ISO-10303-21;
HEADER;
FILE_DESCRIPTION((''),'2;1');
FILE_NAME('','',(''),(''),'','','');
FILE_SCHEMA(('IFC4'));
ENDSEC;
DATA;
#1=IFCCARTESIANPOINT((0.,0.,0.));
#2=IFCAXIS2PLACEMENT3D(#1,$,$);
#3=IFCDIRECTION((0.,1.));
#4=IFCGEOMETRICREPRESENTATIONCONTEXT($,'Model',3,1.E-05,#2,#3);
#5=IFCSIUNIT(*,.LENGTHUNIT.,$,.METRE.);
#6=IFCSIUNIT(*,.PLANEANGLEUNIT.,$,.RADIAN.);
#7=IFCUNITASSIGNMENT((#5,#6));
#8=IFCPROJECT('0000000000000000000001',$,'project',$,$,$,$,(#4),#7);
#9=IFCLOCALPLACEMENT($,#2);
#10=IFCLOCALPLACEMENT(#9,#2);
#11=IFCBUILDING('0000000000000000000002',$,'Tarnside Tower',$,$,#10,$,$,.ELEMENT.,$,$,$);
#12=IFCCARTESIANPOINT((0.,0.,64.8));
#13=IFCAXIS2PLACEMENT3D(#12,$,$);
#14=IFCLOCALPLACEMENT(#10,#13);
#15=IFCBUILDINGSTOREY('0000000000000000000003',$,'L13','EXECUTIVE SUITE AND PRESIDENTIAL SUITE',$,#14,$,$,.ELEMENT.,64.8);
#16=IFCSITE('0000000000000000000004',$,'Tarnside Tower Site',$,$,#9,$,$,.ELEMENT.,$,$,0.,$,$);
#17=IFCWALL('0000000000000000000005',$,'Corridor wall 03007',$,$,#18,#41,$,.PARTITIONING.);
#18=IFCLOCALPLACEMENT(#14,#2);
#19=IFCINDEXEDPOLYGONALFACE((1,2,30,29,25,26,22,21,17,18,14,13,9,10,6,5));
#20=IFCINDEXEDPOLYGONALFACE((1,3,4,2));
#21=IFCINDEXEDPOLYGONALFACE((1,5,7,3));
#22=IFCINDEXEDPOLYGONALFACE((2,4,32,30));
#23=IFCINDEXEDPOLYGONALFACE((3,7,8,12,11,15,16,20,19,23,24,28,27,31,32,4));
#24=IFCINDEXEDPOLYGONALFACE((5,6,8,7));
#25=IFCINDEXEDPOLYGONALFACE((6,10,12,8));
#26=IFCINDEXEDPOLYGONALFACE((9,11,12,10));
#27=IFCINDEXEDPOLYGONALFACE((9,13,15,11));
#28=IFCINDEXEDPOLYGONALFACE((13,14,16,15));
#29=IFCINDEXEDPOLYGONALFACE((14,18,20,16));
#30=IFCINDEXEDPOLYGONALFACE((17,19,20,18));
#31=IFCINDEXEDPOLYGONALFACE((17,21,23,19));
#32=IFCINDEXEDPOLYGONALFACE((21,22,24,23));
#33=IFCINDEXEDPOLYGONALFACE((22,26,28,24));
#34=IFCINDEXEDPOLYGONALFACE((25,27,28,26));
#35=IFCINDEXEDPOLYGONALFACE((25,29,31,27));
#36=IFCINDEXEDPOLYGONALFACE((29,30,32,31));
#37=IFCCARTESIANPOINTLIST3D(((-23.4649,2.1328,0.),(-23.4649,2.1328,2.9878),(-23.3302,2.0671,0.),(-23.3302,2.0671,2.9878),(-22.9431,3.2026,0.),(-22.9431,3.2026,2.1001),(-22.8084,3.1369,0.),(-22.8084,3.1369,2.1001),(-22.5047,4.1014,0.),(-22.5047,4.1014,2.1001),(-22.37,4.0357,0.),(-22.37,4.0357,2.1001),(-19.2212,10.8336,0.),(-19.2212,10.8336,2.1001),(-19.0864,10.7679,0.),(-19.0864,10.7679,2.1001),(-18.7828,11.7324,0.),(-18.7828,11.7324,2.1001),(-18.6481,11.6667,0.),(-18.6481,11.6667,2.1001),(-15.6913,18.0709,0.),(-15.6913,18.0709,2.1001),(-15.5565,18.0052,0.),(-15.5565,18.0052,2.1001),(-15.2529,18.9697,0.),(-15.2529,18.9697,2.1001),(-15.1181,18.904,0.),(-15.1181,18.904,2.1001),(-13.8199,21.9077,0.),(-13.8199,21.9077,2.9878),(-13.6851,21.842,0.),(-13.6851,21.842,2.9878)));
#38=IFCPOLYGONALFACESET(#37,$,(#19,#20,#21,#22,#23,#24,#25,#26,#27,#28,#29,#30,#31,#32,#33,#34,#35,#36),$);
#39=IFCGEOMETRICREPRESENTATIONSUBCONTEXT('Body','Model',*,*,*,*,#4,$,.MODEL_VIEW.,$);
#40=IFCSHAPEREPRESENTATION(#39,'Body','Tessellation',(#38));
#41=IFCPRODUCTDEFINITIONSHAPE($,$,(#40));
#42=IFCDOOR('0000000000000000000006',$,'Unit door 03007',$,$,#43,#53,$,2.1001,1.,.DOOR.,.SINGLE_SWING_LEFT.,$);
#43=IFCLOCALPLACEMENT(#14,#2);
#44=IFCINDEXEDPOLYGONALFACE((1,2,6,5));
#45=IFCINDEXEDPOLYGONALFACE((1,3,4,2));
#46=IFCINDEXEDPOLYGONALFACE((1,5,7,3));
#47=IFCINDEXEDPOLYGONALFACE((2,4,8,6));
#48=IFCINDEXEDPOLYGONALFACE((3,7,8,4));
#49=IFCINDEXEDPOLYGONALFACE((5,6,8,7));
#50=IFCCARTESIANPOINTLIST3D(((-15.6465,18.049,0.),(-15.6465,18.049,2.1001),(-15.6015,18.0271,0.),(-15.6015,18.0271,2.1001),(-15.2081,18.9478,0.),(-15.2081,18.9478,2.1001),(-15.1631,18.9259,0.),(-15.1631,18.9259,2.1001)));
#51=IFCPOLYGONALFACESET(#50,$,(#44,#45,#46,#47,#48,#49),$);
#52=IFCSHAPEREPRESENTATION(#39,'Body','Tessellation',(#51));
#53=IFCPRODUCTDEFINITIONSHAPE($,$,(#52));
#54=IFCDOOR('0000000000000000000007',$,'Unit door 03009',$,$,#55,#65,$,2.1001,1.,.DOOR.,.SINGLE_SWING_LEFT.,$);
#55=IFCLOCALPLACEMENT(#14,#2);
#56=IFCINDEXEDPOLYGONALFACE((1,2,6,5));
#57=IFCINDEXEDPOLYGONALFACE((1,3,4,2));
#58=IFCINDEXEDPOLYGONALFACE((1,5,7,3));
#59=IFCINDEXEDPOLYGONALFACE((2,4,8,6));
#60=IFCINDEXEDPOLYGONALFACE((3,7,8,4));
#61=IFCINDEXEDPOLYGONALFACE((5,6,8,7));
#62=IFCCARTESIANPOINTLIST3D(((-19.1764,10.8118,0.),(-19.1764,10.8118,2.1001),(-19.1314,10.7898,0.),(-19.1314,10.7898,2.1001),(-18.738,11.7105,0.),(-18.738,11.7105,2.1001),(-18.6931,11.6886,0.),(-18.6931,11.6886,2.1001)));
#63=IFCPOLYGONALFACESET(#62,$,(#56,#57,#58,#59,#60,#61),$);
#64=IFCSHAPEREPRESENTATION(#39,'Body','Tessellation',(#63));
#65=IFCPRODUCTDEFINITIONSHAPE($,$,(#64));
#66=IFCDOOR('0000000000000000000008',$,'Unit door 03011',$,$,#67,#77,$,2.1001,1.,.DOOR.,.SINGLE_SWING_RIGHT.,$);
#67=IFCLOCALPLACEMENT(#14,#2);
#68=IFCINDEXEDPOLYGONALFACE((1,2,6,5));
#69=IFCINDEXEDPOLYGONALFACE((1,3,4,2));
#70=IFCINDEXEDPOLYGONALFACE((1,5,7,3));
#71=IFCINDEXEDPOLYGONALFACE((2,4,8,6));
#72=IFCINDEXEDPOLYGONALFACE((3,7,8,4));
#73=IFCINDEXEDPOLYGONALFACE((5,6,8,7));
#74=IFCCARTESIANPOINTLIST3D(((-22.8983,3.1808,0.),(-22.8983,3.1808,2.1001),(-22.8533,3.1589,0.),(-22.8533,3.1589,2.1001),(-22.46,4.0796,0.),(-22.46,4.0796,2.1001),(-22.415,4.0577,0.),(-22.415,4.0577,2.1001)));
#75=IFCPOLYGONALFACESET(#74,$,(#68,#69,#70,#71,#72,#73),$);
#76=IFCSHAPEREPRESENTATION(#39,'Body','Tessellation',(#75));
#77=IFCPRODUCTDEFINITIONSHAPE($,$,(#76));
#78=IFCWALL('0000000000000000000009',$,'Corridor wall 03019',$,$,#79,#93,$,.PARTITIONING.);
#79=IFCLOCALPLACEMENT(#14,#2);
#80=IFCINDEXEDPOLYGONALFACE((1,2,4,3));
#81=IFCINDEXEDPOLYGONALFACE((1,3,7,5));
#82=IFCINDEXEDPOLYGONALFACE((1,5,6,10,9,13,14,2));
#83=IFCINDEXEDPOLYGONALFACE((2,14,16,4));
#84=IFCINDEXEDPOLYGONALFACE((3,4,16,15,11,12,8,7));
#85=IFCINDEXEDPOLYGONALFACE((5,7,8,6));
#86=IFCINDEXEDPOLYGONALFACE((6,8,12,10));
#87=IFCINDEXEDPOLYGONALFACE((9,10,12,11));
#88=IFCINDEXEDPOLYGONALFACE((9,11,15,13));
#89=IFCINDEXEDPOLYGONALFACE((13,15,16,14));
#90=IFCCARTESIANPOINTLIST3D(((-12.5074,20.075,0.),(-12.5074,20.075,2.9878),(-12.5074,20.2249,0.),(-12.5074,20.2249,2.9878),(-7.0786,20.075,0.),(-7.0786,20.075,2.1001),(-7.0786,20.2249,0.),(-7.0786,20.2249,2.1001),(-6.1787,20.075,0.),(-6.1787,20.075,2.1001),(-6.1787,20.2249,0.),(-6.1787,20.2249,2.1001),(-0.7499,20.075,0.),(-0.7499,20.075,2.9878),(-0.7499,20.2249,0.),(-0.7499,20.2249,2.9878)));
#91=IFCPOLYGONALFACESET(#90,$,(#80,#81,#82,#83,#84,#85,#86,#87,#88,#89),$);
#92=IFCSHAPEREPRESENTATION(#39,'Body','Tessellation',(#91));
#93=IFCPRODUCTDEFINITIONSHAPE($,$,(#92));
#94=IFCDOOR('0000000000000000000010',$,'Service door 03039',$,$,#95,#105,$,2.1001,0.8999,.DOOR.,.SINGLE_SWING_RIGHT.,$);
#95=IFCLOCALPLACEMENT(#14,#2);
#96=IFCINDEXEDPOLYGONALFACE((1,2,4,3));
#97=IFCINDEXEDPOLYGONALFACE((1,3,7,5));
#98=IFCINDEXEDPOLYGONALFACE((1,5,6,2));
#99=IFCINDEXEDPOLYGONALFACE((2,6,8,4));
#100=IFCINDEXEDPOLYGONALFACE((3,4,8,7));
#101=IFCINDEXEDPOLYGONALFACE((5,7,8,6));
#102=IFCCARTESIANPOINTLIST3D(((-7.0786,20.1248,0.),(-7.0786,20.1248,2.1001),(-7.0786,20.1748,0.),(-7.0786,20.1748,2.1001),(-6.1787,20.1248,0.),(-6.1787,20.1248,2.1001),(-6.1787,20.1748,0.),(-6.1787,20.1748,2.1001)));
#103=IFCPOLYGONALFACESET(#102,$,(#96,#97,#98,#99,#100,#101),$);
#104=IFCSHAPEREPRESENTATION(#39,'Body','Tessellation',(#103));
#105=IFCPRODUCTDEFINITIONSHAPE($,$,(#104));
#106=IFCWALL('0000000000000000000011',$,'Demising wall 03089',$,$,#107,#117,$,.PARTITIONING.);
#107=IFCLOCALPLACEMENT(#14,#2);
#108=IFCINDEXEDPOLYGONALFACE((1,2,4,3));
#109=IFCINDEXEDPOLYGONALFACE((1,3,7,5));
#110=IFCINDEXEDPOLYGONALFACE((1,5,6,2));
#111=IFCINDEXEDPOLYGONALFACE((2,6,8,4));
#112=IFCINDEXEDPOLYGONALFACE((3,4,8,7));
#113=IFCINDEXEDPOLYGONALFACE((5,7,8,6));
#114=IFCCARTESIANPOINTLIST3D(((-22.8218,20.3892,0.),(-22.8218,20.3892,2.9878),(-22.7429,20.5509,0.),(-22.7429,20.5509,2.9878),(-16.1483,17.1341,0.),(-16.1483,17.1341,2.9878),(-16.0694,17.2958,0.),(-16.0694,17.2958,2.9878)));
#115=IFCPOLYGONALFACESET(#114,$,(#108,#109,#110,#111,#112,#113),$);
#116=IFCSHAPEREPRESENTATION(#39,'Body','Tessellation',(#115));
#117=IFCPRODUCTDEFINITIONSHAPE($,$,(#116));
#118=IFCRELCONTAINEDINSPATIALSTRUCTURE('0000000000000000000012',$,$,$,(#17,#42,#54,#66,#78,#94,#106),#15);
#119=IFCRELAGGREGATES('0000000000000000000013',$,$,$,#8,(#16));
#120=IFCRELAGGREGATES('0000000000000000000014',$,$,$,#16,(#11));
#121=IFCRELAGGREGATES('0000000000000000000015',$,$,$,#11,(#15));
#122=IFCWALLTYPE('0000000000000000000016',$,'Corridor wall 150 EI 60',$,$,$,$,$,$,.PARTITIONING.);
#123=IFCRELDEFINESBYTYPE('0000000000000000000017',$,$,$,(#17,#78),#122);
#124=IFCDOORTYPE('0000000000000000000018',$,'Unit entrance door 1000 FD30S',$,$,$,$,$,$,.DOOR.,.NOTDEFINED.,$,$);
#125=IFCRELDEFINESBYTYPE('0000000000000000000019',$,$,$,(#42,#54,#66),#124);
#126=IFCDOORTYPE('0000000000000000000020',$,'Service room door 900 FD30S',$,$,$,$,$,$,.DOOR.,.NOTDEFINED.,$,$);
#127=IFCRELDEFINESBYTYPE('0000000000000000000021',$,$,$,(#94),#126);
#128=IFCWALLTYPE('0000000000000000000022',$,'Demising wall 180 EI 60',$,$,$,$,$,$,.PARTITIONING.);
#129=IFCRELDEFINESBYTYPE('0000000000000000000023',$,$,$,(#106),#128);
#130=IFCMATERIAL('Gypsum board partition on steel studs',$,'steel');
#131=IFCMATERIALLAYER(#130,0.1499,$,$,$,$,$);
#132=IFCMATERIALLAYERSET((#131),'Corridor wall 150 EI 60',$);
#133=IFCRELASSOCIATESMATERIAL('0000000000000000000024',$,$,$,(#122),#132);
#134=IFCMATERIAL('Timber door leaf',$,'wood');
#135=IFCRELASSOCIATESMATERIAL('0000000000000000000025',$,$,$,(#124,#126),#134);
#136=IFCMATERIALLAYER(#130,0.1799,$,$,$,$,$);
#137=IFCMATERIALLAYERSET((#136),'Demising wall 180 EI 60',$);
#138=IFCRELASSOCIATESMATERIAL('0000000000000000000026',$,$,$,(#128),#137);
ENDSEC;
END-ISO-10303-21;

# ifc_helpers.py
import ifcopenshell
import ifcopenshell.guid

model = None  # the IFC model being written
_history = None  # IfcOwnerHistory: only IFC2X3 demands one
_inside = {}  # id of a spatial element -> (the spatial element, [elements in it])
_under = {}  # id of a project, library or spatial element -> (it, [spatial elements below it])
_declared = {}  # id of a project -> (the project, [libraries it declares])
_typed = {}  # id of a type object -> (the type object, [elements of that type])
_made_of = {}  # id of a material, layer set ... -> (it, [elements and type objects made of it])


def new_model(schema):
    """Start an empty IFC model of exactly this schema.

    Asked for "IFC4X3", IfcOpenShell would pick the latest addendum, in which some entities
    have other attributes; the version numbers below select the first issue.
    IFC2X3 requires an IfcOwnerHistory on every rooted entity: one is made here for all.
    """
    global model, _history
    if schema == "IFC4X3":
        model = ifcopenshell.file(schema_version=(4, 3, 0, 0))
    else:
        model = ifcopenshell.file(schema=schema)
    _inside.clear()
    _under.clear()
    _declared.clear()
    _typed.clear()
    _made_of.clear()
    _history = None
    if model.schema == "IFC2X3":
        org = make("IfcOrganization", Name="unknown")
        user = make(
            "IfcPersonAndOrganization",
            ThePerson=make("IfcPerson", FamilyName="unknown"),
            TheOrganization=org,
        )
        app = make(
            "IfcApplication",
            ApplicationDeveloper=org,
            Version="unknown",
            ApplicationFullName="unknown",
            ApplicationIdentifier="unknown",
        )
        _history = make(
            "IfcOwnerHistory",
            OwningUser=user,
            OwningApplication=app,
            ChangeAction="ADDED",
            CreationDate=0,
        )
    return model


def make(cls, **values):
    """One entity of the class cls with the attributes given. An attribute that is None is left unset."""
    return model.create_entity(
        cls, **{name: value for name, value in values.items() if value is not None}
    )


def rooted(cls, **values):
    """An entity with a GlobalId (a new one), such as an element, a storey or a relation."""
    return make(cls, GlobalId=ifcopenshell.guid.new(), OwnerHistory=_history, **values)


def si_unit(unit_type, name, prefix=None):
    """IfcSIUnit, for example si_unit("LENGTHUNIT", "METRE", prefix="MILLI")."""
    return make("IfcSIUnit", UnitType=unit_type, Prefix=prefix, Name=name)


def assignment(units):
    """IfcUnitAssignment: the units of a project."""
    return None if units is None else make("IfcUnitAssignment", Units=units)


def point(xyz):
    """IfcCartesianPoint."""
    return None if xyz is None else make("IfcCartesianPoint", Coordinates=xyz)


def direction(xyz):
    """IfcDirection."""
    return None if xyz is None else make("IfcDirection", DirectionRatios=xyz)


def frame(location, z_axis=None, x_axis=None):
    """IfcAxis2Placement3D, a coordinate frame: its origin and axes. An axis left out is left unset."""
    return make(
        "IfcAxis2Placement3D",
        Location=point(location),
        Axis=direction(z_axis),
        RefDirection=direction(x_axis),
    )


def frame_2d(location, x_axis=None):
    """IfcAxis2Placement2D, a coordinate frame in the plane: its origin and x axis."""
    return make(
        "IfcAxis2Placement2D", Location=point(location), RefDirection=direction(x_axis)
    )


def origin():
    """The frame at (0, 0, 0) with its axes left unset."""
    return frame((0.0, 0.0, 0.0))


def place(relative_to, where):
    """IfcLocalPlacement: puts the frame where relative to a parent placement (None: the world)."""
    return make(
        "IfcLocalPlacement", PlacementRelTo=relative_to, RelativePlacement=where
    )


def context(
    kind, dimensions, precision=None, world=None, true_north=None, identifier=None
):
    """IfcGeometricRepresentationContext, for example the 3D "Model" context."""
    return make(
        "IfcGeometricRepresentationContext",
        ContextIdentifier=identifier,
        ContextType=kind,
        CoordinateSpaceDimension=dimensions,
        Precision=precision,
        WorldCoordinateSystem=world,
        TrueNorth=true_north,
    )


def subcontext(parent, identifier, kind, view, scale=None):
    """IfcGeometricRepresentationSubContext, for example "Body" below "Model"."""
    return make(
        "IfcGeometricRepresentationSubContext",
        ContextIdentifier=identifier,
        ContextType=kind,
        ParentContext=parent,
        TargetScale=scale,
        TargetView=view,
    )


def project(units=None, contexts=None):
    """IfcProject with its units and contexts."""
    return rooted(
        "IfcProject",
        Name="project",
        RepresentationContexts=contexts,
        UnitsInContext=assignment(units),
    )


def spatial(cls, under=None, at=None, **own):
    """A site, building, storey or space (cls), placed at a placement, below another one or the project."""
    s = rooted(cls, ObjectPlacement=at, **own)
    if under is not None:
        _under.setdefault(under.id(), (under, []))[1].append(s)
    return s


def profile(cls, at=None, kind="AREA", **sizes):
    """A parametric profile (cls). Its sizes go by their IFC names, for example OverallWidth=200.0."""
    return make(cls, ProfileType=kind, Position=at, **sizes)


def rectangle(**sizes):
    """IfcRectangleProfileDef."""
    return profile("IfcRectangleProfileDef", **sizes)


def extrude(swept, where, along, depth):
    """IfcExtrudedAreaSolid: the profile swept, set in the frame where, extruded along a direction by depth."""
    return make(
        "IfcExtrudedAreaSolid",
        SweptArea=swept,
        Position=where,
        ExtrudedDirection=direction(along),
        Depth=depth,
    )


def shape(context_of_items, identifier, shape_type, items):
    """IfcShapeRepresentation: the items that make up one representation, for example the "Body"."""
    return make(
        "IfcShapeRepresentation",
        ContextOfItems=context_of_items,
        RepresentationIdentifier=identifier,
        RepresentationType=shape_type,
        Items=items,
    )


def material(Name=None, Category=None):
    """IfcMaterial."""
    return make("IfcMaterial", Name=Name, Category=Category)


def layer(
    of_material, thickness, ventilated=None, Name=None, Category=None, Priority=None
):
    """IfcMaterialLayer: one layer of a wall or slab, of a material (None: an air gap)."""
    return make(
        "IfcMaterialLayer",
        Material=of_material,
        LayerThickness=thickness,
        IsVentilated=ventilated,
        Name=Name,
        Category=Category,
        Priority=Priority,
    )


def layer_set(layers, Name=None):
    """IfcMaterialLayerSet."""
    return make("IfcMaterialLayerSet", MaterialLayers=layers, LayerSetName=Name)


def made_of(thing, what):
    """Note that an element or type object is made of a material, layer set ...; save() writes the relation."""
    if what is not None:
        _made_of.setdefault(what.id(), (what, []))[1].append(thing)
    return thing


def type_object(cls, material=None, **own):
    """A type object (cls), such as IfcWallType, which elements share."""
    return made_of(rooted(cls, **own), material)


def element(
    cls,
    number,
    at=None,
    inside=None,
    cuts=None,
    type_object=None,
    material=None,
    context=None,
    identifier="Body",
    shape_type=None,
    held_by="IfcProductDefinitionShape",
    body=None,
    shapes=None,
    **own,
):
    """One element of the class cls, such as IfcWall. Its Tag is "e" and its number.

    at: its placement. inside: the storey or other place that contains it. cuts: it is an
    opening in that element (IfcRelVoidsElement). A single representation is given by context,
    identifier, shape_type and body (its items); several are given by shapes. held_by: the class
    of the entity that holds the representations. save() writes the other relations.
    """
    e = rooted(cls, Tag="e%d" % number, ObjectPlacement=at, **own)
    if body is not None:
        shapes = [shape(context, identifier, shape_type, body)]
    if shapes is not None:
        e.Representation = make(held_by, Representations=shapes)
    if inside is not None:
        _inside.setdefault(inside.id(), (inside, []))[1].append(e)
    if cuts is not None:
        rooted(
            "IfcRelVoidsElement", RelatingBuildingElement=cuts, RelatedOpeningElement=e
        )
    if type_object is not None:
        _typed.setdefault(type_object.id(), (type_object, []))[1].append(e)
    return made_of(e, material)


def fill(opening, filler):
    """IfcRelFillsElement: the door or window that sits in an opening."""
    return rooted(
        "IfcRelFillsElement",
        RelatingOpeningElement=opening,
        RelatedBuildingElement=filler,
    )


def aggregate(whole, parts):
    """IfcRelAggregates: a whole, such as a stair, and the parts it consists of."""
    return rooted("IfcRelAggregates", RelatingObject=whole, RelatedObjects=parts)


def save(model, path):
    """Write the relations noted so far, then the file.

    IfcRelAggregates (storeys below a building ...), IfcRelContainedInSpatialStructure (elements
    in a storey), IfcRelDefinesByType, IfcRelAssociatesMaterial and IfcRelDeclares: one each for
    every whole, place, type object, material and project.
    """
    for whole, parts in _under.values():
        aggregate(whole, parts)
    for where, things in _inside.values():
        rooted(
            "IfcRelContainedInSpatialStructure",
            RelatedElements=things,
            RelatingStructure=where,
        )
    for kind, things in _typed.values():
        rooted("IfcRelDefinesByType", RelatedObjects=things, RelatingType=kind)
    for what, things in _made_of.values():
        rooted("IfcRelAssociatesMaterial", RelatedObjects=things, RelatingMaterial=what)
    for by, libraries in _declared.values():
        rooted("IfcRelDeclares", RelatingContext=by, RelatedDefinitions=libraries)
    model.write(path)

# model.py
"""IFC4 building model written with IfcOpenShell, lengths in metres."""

from ifc_helpers import new_model, si_unit, direction, frame, frame_2d, origin, place, context, subcontext, project, spatial, rectangle, extrude, material, layer, layer_set, type_object, element, fill, save


model = new_model("IFC4")

# Units and contexts
model_context = context("Model", 3, precision=1e-05, world=origin(), true_north=direction((0.0, 1.0)))
body_context = subcontext(model_context, "Body", "Model", "MODEL_VIEW")
ifc_project = project(units=[si_unit("LENGTHUNIT", "METRE"), si_unit("PLANEANGLEUNIT", "RADIAN")], contexts=[model_context])

# Site, building, storey
site_placement = place(None, origin())
site = spatial("IfcSite", under=ifc_project, at=site_placement, Name="Tarnside Tower Site", CompositionType="ELEMENT", RefElevation=0.0)
building_placement = place(site_placement, origin())
building = spatial("IfcBuilding", under=site, at=building_placement, Name="Tarnside Tower", CompositionType="ELEMENT")
storey_placement = place(building_placement, frame((0.0, 0.0, 64.8)))
storey = spatial("IfcBuildingStorey", under=building, at=storey_placement, Name="L13", Description="EXECUTIVE SUITE AND PRESIDENTIAL SUITE", CompositionType="ELEMENT", Elevation=64.8)

# Shared definitions
ifc_material_1 = material(Name="Gypsum board partition on steel studs", Category="steel")
ifc_material_2 = material(Name="Timber door leaf", Category="wood")

# Wall, openings, doors
ifc_layer_1 = layer(ifc_material_1, 0.1499)
ifc_layer_set_1 = layer_set([ifc_layer_1], Name="Corridor wall 150 EI 60")
wall_type_1 = type_object("IfcWallType", Name="Corridor wall 150 EI 60", PredefinedType="PARTITIONING", material=ifc_layer_set_1)
wall_1_placement = place(storey_placement, frame((-13.7524, 21.875, 0.0), z_axis=(0.0, 0.0, 1.0), x_axis=(-0.438377, -0.898791, 0.0)))
wall_1 = element("IfcWall", 1, at=wall_1_placement, inside=storey, type_object=wall_type_1, Name="Corridor wall 03007", PredefinedType="PARTITIONING", context=body_context, shape_type="SweptSolid", body=[
    extrude(rectangle(XDim=22.0017, YDim=0.1499, at=frame_2d((11.001, 0.0))), origin(), (0.0, 0.0, 1.0), 2.9878),
])
opening_1_placement = place(wall_1_placement, frame((3.269, 0.0, 0.0)))
opening_1 = element("IfcOpeningElement", 2, at=opening_1_placement, cuts=wall_1, PredefinedType="OPENING", context=body_context, shape_type="SweptSolid", body=[
    extrude(rectangle(XDim=1.0, YDim=2.1001, at=frame_2d((0.5, 1.05))), frame((0.0, 0.085, 0.0), z_axis=(0.0, -1.0, 0.0), x_axis=(1.0, 0.0, 0.0)), (0.0, 0.0, 1.0), 0.1699),
])
opening_2_placement = place(wall_1_placement, frame((11.3213, 0.0, 0.0)))
opening_2 = element("IfcOpeningElement", 3, at=opening_2_placement, cuts=wall_1, PredefinedType="OPENING", context=body_context, shape_type="SweptSolid", body=[
    extrude(rectangle(XDim=1.0, YDim=2.1001, at=frame_2d((0.5, 1.05))), frame((0.0, 0.085, 0.0), z_axis=(0.0, -1.0, 0.0), x_axis=(1.0, 0.0, 0.0)), (0.0, 0.0, 1.0), 0.1699),
])
opening_3_placement = place(wall_1_placement, frame((19.8115, 0.0, 0.0)))
opening_3 = element("IfcOpeningElement", 4, at=opening_3_placement, cuts=wall_1, PredefinedType="OPENING", context=body_context, shape_type="SweptSolid", body=[
    extrude(rectangle(XDim=1.0, YDim=2.1001, at=frame_2d((0.5, 1.05))), frame((0.0, 0.085, 0.0), z_axis=(0.0, -1.0, 0.0), x_axis=(1.0, 0.0, 0.0)), (0.0, 0.0, 1.0), 0.1699),
])
door_type_1 = type_object("IfcDoorType", Name="Unit entrance door 1000 FD30S", OperationType="NOTDEFINED", PredefinedType="DOOR", material=ifc_material_2)
door_1_placement = place(opening_1_placement, origin())
door_1 = element("IfcDoor", 5, at=door_1_placement, inside=storey, type_object=door_type_1, Name="Unit door 03007", OperationType="SINGLE_SWING_LEFT", OverallHeight=2.1001, OverallWidth=1.0, PredefinedType="DOOR", context=body_context, shape_type="SweptSolid", body=[
    extrude(rectangle(XDim=1.0, YDim=2.1001, at=frame_2d((0.5, 1.05))), frame((0.0, 0.0249, 0.0), z_axis=(0.0, -1.0, 0.0), x_axis=(1.0, 0.0, 0.0)), (0.0, 0.0, 1.0), 0.05),
])
fill(opening_1, door_1)
door_2_placement = place(opening_2_placement, origin())
door_2 = element("IfcDoor", 6, at=door_2_placement, inside=storey, type_object=door_type_1, Name="Unit door 03009", OperationType="SINGLE_SWING_LEFT", OverallHeight=2.1001, OverallWidth=1.0, PredefinedType="DOOR", context=body_context, shape_type="SweptSolid", body=[
    extrude(rectangle(XDim=1.0, YDim=2.1001, at=frame_2d((0.5, 1.05))), frame((0.0, 0.0249, 0.0), z_axis=(0.0, -1.0, 0.0), x_axis=(1.0, 0.0, 0.0)), (0.0, 0.0, 1.0), 0.05),
])
fill(opening_2, door_2)
door_3_placement = place(opening_3_placement, origin())
door_3 = element("IfcDoor", 7, at=door_3_placement, inside=storey, type_object=door_type_1, Name="Unit door 03011", OperationType="SINGLE_SWING_RIGHT", OverallHeight=2.1001, OverallWidth=1.0, PredefinedType="DOOR", context=body_context, shape_type="SweptSolid", body=[
    extrude(rectangle(XDim=1.0, YDim=2.1001, at=frame_2d((0.5, 1.05))), frame((0.0, 0.0249, 0.0), z_axis=(0.0, -1.0, 0.0), x_axis=(1.0, 0.0, 0.0)), (0.0, 0.0, 1.0), 0.05),
])
fill(opening_3, door_3)

# Wall, opening, door
wall_2_placement = place(storey_placement, frame((-12.5076, 20.1499, 0.0), z_axis=(0.0, 0.0, 1.0), x_axis=(1.0, 0.0, 0.0)))
wall_2 = element("IfcWall", 8, at=wall_2_placement, inside=storey, type_object=wall_type_1, Name="Corridor wall 03019", PredefinedType="PARTITIONING", context=body_context, shape_type="SweptSolid", body=[
    extrude(rectangle(XDim=11.7576, YDim=0.1499, at=frame_2d((5.8789, 0.0))), origin(), (0.0, 0.0, 1.0), 2.9878),
])
opening_4_placement = place(wall_2_placement, frame((5.429, 0.0, 0.0)))
opening_4 = element("IfcOpeningElement", 9, at=opening_4_placement, cuts=wall_2, PredefinedType="OPENING", context=body_context, shape_type="SweptSolid", body=[
    extrude(rectangle(XDim=0.8999, YDim=2.1001, at=frame_2d((0.45, 1.05))), frame((0.0, 0.085, 0.0), z_axis=(0.0, -1.0, 0.0), x_axis=(1.0, 0.0, 0.0)), (0.0, 0.0, 1.0), 0.1699),
])
door_type_2 = type_object("IfcDoorType", Name="Service room door 900 FD30S", OperationType="NOTDEFINED", PredefinedType="DOOR", material=ifc_material_2)
door_4_placement = place(opening_4_placement, origin())
door_4 = element("IfcDoor", 10, at=door_4_placement, inside=storey, type_object=door_type_2, Name="Service door 03039", OperationType="SINGLE_SWING_RIGHT", OverallHeight=2.1001, OverallWidth=0.8999, PredefinedType="DOOR", context=body_context, shape_type="SweptSolid", body=[
    extrude(rectangle(XDim=0.8999, YDim=2.1001, at=frame_2d((0.45, 1.05))), frame((0.0, 0.0249, 0.0), z_axis=(0.0, -1.0, 0.0), x_axis=(1.0, 0.0, 0.0)), (0.0, 0.0, 1.0), 0.05),
])
fill(opening_4, door_4)

# Wall
ifc_layer_2 = layer(ifc_material_1, 0.1799)
ifc_layer_set_2 = layer_set([ifc_layer_2], Name="Demising wall 180 EI 60")
wall_type_2 = type_object("IfcWallType", Name="Demising wall 180 EI 60", PredefinedType="PARTITIONING", material=ifc_layer_set_2)
wall_3_placement = place(storey_placement, frame((-22.7822, 20.47, 0.0), z_axis=(0.0, 0.0, 1.0), x_axis=(0.898783, -0.438393, 0.0)))
element("IfcWall", 11, at=wall_3_placement, inside=storey, type_object=wall_type_2, Name="Demising wall 03089", PredefinedType="PARTITIONING", context=body_context, shape_type="SweptSolid", body=[
    extrude(rectangle(XDim=7.425, YDim=0.1799, at=frame_2d((3.7124, 0.0))), origin(), (0.0, 0.0, 1.0), 2.9878),
])

save(model, "model.ifc")
